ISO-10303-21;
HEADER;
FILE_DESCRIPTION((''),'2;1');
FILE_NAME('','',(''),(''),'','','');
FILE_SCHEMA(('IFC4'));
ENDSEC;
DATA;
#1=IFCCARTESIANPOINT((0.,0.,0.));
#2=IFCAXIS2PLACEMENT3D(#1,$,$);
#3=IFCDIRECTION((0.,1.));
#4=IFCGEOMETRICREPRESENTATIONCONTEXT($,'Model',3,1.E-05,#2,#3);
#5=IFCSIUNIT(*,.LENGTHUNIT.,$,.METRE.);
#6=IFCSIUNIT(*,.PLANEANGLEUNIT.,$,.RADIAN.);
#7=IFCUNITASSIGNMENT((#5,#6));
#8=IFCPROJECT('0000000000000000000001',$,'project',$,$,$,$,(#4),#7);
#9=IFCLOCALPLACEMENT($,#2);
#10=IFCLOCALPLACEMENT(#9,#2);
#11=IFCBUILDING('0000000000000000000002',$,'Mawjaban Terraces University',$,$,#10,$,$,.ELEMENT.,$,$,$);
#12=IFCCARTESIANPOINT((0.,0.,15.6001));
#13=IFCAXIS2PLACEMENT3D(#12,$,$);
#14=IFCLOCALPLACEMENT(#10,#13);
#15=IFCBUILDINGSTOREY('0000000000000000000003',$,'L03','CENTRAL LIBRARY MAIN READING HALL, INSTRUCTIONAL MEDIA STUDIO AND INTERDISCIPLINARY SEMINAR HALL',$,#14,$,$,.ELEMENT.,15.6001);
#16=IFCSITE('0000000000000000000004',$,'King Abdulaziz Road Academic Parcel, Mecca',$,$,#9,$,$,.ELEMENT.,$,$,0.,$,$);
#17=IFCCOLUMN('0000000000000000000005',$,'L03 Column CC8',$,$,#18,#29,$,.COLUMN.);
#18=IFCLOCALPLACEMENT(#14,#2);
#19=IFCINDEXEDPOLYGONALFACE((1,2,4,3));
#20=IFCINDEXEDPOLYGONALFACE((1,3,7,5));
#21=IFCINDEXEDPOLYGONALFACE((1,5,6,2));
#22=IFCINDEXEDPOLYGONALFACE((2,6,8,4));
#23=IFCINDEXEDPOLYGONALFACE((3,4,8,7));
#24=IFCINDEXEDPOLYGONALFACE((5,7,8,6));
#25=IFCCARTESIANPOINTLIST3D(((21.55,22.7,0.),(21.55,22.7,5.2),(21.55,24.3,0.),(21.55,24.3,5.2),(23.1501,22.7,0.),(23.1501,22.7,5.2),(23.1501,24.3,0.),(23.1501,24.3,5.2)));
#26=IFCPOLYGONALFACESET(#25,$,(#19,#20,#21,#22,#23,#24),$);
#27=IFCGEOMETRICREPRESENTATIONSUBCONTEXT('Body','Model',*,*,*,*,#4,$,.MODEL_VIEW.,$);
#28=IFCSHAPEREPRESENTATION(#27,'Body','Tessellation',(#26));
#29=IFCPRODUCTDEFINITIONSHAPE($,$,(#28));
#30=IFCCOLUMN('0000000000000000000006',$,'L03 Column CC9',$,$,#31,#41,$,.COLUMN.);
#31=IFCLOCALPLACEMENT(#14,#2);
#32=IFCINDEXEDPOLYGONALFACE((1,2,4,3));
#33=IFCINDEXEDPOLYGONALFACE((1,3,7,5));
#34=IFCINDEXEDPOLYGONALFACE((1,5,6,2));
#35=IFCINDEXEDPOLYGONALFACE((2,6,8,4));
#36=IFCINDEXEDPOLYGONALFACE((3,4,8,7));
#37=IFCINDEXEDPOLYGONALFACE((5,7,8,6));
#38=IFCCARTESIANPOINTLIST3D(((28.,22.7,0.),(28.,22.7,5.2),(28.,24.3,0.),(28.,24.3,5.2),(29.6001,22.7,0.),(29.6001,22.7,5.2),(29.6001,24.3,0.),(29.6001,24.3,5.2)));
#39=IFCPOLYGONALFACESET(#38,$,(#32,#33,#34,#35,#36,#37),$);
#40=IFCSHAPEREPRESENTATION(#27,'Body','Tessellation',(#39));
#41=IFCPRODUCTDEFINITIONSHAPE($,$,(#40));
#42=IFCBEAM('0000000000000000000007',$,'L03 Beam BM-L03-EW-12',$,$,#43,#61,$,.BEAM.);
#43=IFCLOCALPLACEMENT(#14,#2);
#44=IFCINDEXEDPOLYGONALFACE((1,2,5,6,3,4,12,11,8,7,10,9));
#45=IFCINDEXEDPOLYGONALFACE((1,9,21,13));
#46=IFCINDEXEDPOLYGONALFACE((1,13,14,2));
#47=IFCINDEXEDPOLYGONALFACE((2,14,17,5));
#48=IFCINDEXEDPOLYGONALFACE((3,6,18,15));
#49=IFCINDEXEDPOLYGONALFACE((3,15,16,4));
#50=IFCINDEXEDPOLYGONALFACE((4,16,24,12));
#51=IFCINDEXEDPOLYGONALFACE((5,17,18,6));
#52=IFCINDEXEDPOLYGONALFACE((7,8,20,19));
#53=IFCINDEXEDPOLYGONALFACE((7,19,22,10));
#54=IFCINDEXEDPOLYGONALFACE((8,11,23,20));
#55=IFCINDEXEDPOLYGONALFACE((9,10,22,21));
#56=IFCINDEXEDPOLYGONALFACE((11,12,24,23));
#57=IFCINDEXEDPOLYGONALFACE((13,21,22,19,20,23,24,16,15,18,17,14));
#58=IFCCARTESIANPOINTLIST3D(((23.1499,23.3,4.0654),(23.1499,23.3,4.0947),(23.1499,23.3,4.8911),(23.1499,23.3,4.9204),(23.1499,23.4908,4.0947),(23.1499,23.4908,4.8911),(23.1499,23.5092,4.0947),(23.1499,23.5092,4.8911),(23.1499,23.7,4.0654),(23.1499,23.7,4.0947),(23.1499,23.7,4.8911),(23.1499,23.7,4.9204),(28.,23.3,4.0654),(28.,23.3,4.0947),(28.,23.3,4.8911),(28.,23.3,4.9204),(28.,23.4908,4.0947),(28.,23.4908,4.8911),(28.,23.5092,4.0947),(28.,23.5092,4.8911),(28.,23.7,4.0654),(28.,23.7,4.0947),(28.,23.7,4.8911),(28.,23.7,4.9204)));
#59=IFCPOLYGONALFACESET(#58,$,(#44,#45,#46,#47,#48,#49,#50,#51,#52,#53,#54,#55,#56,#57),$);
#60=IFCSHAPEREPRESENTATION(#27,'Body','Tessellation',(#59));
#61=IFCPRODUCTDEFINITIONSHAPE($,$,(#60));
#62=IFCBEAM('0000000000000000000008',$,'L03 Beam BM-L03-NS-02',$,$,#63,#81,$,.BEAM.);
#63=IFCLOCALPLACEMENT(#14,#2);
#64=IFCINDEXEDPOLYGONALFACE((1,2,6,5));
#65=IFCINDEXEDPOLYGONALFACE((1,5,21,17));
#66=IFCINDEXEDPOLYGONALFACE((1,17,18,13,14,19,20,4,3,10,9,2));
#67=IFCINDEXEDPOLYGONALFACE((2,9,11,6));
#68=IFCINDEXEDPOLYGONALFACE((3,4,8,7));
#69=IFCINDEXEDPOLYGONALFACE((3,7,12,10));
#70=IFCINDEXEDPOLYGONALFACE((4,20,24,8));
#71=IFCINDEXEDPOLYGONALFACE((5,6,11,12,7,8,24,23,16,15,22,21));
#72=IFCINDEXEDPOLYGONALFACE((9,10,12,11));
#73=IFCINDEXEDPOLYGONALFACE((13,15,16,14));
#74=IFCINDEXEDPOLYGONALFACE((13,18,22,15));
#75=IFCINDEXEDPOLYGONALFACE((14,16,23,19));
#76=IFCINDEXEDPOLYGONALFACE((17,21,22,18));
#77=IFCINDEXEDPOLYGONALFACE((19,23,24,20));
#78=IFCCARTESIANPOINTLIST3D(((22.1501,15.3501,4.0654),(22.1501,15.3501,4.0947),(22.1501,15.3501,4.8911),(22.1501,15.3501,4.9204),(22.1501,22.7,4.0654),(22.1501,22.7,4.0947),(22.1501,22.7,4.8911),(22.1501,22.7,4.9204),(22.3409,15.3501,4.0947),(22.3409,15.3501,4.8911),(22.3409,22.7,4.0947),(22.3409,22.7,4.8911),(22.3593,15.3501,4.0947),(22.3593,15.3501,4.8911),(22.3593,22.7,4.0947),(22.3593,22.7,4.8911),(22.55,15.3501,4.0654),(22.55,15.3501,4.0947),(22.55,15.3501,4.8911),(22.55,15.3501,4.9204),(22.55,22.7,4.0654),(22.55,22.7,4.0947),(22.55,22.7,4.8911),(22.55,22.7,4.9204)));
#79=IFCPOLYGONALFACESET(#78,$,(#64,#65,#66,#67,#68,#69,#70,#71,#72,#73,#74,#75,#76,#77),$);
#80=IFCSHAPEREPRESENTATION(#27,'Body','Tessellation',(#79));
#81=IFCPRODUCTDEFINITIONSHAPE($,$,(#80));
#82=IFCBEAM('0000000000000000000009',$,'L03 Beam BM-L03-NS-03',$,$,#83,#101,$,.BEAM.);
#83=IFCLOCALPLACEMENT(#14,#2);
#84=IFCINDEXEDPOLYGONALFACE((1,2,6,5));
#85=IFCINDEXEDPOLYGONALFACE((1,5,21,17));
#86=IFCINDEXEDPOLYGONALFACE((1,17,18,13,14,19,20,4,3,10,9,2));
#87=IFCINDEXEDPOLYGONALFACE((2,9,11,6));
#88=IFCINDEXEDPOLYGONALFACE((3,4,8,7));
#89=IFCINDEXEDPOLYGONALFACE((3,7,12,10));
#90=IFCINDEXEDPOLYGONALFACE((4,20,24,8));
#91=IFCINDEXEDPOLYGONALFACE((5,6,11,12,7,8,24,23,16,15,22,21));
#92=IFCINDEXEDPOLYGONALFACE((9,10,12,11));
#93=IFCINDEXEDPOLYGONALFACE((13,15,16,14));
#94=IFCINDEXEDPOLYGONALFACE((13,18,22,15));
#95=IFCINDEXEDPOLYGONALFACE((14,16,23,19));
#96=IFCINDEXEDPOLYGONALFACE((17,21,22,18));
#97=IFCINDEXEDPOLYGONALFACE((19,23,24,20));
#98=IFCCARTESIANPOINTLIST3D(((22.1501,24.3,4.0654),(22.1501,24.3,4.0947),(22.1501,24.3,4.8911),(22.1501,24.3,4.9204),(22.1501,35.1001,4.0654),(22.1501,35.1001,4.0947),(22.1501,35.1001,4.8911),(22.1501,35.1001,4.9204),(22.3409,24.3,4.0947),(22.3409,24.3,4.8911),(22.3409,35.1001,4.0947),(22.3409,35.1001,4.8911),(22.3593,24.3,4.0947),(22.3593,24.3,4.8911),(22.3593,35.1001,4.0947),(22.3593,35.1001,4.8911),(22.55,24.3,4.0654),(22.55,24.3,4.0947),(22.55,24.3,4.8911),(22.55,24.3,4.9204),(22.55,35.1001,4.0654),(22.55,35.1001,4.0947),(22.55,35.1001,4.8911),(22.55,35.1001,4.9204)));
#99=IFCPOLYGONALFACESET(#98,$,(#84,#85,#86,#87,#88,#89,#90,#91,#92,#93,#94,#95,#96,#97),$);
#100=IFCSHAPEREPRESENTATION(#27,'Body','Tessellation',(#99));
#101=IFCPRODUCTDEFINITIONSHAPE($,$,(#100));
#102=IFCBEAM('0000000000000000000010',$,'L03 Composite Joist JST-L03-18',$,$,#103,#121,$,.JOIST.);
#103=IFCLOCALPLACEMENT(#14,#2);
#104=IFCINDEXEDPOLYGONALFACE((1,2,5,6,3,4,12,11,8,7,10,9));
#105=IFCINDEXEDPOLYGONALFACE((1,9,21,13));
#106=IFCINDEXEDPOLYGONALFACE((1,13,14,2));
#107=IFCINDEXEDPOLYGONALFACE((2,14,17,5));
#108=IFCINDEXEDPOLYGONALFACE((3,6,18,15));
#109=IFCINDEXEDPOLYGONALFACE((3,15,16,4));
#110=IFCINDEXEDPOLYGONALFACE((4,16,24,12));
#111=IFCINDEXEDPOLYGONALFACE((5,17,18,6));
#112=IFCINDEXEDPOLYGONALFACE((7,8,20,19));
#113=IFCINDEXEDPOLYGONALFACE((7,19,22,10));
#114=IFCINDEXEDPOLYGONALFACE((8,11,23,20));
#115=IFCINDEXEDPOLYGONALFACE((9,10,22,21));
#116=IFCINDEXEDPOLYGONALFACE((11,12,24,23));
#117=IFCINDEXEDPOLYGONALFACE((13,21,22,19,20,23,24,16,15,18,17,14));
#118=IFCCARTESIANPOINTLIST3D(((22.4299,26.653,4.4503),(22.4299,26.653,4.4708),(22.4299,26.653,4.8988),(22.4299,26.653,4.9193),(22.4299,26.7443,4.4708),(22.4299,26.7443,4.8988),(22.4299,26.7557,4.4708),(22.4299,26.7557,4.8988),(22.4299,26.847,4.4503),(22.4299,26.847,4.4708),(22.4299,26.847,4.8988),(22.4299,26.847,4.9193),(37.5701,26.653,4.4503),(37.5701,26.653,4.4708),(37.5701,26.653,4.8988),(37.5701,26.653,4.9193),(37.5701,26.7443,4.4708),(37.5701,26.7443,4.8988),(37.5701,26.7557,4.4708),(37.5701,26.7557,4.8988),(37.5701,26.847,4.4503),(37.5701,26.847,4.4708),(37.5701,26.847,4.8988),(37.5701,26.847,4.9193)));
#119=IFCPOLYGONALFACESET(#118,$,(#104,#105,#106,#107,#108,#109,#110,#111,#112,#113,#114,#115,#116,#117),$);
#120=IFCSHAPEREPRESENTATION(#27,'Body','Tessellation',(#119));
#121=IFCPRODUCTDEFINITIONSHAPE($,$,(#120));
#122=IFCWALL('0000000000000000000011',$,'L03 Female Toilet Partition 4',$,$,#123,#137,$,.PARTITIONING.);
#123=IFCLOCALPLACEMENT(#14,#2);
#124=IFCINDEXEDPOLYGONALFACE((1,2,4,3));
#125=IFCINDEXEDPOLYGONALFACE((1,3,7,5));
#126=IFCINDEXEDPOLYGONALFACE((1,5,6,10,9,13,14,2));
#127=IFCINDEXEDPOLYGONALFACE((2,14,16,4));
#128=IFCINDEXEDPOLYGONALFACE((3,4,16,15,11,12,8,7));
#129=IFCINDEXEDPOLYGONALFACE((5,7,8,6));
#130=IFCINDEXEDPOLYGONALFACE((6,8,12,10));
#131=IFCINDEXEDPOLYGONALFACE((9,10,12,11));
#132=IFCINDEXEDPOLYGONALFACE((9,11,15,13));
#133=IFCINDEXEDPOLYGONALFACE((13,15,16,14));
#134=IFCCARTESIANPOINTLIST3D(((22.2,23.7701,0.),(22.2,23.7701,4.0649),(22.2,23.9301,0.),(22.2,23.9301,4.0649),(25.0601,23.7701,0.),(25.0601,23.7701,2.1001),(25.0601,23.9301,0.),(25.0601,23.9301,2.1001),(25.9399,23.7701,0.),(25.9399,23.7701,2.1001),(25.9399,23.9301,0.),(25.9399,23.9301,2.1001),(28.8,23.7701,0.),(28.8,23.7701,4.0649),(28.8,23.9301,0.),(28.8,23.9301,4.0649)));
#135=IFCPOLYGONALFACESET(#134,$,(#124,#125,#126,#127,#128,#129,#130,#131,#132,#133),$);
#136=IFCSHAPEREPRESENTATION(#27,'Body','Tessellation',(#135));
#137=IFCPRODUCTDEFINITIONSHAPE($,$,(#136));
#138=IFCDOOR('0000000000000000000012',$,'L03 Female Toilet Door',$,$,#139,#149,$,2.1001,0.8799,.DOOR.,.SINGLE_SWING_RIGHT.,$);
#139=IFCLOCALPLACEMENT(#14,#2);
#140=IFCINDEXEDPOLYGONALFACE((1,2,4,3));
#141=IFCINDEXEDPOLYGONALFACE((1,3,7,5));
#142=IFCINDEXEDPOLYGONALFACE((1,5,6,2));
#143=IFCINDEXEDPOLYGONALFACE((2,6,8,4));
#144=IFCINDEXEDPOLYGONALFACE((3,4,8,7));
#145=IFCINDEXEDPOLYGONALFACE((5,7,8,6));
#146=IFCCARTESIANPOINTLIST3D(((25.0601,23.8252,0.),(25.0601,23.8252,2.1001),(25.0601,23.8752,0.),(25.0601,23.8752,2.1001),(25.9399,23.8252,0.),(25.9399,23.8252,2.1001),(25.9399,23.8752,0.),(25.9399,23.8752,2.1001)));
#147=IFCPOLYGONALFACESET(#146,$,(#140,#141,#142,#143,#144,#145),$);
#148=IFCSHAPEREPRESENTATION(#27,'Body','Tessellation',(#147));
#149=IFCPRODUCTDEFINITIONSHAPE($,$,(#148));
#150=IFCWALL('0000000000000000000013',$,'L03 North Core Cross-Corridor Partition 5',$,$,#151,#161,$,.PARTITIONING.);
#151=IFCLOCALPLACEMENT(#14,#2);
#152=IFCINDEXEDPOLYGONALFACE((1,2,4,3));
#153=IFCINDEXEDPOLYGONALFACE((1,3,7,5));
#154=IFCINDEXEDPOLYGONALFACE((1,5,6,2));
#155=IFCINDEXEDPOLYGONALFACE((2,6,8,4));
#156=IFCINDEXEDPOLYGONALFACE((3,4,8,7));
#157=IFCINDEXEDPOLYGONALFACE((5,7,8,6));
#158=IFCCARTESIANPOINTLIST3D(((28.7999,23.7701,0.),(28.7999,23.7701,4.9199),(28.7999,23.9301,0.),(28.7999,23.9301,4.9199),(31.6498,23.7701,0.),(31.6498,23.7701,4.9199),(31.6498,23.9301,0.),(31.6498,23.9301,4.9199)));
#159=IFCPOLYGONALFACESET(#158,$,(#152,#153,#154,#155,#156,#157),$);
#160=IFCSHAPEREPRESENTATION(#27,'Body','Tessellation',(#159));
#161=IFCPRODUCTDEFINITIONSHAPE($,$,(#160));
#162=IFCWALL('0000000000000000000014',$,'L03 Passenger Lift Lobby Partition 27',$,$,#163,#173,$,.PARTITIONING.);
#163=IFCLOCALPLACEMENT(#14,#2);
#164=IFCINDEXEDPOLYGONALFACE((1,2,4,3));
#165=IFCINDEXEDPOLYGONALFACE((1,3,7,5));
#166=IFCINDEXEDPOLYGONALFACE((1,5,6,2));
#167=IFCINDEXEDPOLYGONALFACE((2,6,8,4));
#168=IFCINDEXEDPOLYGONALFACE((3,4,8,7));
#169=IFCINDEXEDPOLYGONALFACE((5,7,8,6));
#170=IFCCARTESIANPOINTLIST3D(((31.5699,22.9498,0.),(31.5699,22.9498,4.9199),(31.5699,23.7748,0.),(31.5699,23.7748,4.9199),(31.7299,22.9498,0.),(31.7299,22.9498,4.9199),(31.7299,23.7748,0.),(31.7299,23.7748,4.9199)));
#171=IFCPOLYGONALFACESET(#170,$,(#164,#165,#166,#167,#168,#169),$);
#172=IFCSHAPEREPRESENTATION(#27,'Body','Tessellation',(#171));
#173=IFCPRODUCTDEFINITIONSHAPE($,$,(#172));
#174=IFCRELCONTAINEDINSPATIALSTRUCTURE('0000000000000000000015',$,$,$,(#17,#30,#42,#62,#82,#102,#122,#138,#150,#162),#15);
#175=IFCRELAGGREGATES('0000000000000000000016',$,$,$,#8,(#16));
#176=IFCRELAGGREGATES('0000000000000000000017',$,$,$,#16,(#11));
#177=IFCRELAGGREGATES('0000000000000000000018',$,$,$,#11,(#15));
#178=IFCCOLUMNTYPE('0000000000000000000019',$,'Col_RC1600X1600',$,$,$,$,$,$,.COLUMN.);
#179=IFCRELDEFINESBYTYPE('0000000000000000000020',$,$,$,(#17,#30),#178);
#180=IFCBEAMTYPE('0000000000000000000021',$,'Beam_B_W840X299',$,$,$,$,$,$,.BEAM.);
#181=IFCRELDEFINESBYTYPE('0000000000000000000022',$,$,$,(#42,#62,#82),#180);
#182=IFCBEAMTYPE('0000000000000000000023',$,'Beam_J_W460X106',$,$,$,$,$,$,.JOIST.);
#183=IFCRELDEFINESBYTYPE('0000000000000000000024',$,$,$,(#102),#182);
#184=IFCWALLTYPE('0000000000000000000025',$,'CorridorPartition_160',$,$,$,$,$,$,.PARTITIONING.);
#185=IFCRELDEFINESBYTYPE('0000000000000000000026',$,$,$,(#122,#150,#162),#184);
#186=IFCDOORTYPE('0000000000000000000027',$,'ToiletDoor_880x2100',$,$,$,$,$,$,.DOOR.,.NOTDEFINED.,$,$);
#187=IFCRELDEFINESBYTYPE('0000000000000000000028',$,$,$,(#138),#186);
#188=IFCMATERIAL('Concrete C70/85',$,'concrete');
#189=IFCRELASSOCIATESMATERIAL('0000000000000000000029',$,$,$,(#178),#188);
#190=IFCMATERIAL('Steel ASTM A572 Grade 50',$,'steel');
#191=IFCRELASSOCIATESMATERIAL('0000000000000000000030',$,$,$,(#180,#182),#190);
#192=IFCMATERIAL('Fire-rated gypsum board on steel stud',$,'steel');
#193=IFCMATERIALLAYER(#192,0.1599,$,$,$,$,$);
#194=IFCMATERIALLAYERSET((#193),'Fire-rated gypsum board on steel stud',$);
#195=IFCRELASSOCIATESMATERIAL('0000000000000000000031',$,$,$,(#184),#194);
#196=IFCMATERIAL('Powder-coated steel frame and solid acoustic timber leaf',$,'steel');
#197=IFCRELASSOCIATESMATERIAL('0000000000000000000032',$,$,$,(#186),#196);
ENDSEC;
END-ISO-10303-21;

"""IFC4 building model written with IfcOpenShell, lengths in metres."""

from ifc_helpers import new_model, si_unit, direction, frame, frame_2d, origin, origin_2d, place, context, subcontext, project, spatial, rectangle, i_section, extrude, material, layer, layer_set, material_profile, profile_set, type_object, element, fill, save


model = new_model("IFC4")

# Units and contexts
model_context = context("Model", 3, precision=1e-05, world=origin(), true_north=direction((0.0, 1.0)))
body_context = subcontext(model_context, "Body", "Model", "MODEL_VIEW")
ifc_project = project(units=[si_unit("LENGTHUNIT", "METRE"), si_unit("PLANEANGLEUNIT", "RADIAN")], contexts=[model_context])

# Site, building, storey
site_placement = place(None, origin())
site = spatial("IfcSite", under=ifc_project, at=site_placement, Name="King Abdulaziz Road Academic Parcel, Mecca", CompositionType="ELEMENT", RefElevation=0.0)
building_placement = place(site_placement, origin())
building = spatial("IfcBuilding", under=site, at=building_placement, Name="Mawjaban Terraces University", CompositionType="ELEMENT")
storey_placement = place(building_placement, frame((0.0, 0.0, 15.6001)))
storey = spatial("IfcBuildingStorey", under=building, at=storey_placement, Name="L03", Description="CENTRAL LIBRARY MAIN READING HALL, INSTRUCTIONAL MEDIA STUDIO AND INTERDISCIPLINARY SEMINAR HALL", CompositionType="ELEMENT", Elevation=15.6001)

# Columns
ifc_material_1 = material(Name="Concrete C70/85", Category="concrete")
ifc_material_profile_1 = material_profile(ifc_material_1, rectangle(XDim=1.6001, YDim=1.6001, at=origin_2d()), Name="RC1600X1600")
ifc_profile_set_1 = profile_set([ifc_material_profile_1], Name="Concrete C70/85")
column_type = type_object("IfcColumnType", Name="Col_RC1600X1600", PredefinedType="COLUMN", material=ifc_profile_set_1)
for number, where, z_axis, x_axis, name in (
    (1, (22.3501, 23.5, 0.0), (0.0, 0.0, 1.0), (1.0, 0.0, 0.0), "L03 Column CC8"),
    (2, (28.8, 23.5, 0.0), (0.0, 0.0, 1.0), (1.0, 0.0, 0.0), "L03 Column CC9"),
):
    element("IfcColumn", number, at=place(storey_placement, frame(where, z_axis=z_axis, x_axis=x_axis)), inside=storey, type_object=column_type, Name=name, PredefinedType="COLUMN", context=body_context, shape_type="SweptSolid", body=[
        extrude(rectangle(XDim=1.6001, YDim=1.6001, at=origin_2d()), origin(), (0.0, 0.0, 1.0), 5.2),
    ])

# Beams
ifc_material_2 = material(Name="Steel ASTM A572 Grade 50", Category="steel")
ifc_material_profile_2 = material_profile(ifc_material_2, i_section(OverallWidth=0.3999, OverallDepth=0.855, WebThickness=0.0183, FlangeThickness=0.0293, at=origin_2d()), Name="W840X299")
ifc_profile_set_2 = profile_set([ifc_material_profile_2], Name="Steel ASTM A572 Grade 50")
beam_type_1 = type_object("IfcBeamType", Name="Beam_B_W840X299", PredefinedType="BEAM", material=ifc_profile_set_2)
beam_1_placement = place(storey_placement, frame((23.1499, 23.5, 4.4929), z_axis=(1.0, 0.0, 0.0), x_axis=(0.0, 1.0, 0.0)))
element("IfcBeam", 3, at=beam_1_placement, inside=storey, type_object=beam_type_1, Name="L03 Beam BM-L03-EW-12", PredefinedType="BEAM", context=body_context, shape_type="SweptSolid", body=[
    extrude(i_section(OverallWidth=0.3999, OverallDepth=0.855, WebThickness=0.0183, FlangeThickness=0.0293, at=origin_2d()), origin(), (0.0, 0.0, 1.0), 4.8501),
])
beam_2_placement = place(storey_placement, frame((22.3501, 15.3501, 4.4929), z_axis=(0.0, 1.0, 0.0), x_axis=(-1.0, 0.0, 0.0)))
element("IfcBeam", 4, at=beam_2_placement, inside=storey, type_object=beam_type_1, Name="L03 Beam BM-L03-NS-02", PredefinedType="BEAM", context=body_context, shape_type="SweptSolid", body=[
    extrude(i_section(OverallWidth=0.3999, OverallDepth=0.855, WebThickness=0.0183, FlangeThickness=0.0293, at=origin_2d()), origin(), (0.0, 0.0, 1.0), 7.3499),
])
beam_3_placement = place(storey_placement, frame((22.3501, 24.3, 4.4929), z_axis=(0.0, 1.0, 0.0), x_axis=(-1.0, 0.0, 0.0)))
element("IfcBeam", 5, at=beam_3_placement, inside=storey, type_object=beam_type_1, Name="L03 Beam BM-L03-NS-03", PredefinedType="BEAM", context=body_context, shape_type="SweptSolid", body=[
    extrude(i_section(OverallWidth=0.3999, OverallDepth=0.855, WebThickness=0.0183, FlangeThickness=0.0293, at=origin_2d()), origin(), (0.0, 0.0, 1.0), 10.8),
])
ifc_material_profile_3 = material_profile(ifc_material_2, i_section(OverallWidth=0.1941, OverallDepth=0.469, WebThickness=0.0115, FlangeThickness=0.0205, at=origin_2d()), Name="W460X106")
ifc_profile_set_3 = profile_set([ifc_material_profile_3], Name="Steel ASTM A572 Grade 50")
beam_type_2 = type_object("IfcBeamType", Name="Beam_J_W460X106", PredefinedType="JOIST", material=ifc_profile_set_3)
beam_4_placement = place(storey_placement, frame((22.4299, 26.75, 4.6848), z_axis=(1.0, 0.0, 0.0), x_axis=(0.0, 1.0, 0.0)))
element("IfcBeam", 6, at=beam_4_placement, inside=storey, type_object=beam_type_2, Name="L03 Composite Joist JST-L03-18", PredefinedType="JOIST", context=body_context, shape_type="SweptSolid", body=[
    extrude(i_section(OverallWidth=0.1941, OverallDepth=0.469, WebThickness=0.0115, FlangeThickness=0.0205, at=origin_2d()), origin(), (0.0, 0.0, 1.0), 15.1401),
])

# Wall, opening, door
ifc_material_3 = material(Name="Fire-rated gypsum board on steel stud", Category="steel")
ifc_layer_1 = layer(ifc_material_3, 0.1599)
ifc_layer_set_1 = layer_set([ifc_layer_1], Name="Fire-rated gypsum board on steel stud")
wall_type_1 = type_object("IfcWallType", Name="CorridorPartition_160", PredefinedType="PARTITIONING", material=ifc_layer_set_1)
wall_1_placement = place(storey_placement, frame((28.8, 23.8501, 0.0), z_axis=(0.0, 0.0, 1.0), x_axis=(-1.0, 0.0, 0.0)))
wall_1 = element("IfcWall", 7, at=wall_1_placement, inside=storey, type_object=wall_type_1, Name="L03 Female Toilet Partition 4", PredefinedType="PARTITIONING", context=body_context, shape_type="SweptSolid", body=[
    extrude(rectangle(XDim=6.6001, YDim=0.1599, at=frame_2d((3.3, 0.0))), origin(), (0.0, 0.0, 1.0), 4.0649),
])
opening_1_placement = place(wall_1_placement, frame((2.8601, 0.0, 0.0)))
opening_1 = element("IfcOpeningElement", 8, at=opening_1_placement, cuts=wall_1, PredefinedType="OPENING", context=body_context, shape_type="SweptSolid", body=[
    extrude(rectangle(XDim=0.8799, YDim=2.1001, at=frame_2d((0.4399, 1.05))), frame((0.0, 0.0898, 0.0), z_axis=(0.0, -1.0, 0.0), x_axis=(1.0, 0.0, 0.0)), (0.0, 0.0, 1.0), 0.1799),
])
ifc_material_4 = material(Name="Powder-coated steel frame and solid acoustic timber leaf", Category="steel")
door_type_1 = type_object("IfcDoorType", Name="ToiletDoor_880x2100", OperationType="NOTDEFINED", PredefinedType="DOOR", material=ifc_material_4)
door_1_placement = place(opening_1_placement, origin())
door_1 = element("IfcDoor", 9, at=door_1_placement, inside=storey, type_object=door_type_1, Name="L03 Female Toilet Door", OperationType="SINGLE_SWING_RIGHT", OverallHeight=2.1001, OverallWidth=0.8799, PredefinedType="DOOR", context=body_context, shape_type="SweptSolid", body=[
    extrude(rectangle(XDim=0.8799, YDim=2.1001, at=frame_2d((0.4399, 1.05))), frame((0.0, 0.0249, 0.0), z_axis=(0.0, -1.0, 0.0), x_axis=(1.0, 0.0, 0.0)), (0.0, 0.0, 1.0), 0.05),
])
fill(opening_1, door_1)

# Walls
wall_2_placement = place(storey_placement, frame((28.8, 23.8501, 0.0), z_axis=(0.0, 0.0, 1.0), x_axis=(1.0, 0.0, 0.0)))
element("IfcWall", 10, at=wall_2_placement, inside=storey, type_object=wall_type_1, Name="L03 North Core Cross-Corridor Partition 5", PredefinedType="PARTITIONING", context=body_context, shape_type="SweptSolid", body=[
    extrude(rectangle(XDim=2.8499, YDim=0.1599, at=frame_2d((1.4248, 0.0))), origin(), (0.0, 0.0, 1.0), 4.9199),
])
wall_3_placement = place(storey_placement, frame((31.6499, 23.7749, 0.0), z_axis=(0.0, 0.0, 1.0), x_axis=(0.0, -1.0, 0.0)))
element("IfcWall", 11, at=wall_3_placement, inside=storey, type_object=wall_type_1, Name="L03 Passenger Lift Lobby Partition 27", PredefinedType="PARTITIONING", context=body_context, shape_type="SweptSolid", body=[
    extrude(rectangle(XDim=0.825, YDim=0.1599, at=frame_2d((0.4126, 0.0))), origin(), (0.0, 0.0, 1.0), 4.9199),
])

save(model, "model.ifc")
